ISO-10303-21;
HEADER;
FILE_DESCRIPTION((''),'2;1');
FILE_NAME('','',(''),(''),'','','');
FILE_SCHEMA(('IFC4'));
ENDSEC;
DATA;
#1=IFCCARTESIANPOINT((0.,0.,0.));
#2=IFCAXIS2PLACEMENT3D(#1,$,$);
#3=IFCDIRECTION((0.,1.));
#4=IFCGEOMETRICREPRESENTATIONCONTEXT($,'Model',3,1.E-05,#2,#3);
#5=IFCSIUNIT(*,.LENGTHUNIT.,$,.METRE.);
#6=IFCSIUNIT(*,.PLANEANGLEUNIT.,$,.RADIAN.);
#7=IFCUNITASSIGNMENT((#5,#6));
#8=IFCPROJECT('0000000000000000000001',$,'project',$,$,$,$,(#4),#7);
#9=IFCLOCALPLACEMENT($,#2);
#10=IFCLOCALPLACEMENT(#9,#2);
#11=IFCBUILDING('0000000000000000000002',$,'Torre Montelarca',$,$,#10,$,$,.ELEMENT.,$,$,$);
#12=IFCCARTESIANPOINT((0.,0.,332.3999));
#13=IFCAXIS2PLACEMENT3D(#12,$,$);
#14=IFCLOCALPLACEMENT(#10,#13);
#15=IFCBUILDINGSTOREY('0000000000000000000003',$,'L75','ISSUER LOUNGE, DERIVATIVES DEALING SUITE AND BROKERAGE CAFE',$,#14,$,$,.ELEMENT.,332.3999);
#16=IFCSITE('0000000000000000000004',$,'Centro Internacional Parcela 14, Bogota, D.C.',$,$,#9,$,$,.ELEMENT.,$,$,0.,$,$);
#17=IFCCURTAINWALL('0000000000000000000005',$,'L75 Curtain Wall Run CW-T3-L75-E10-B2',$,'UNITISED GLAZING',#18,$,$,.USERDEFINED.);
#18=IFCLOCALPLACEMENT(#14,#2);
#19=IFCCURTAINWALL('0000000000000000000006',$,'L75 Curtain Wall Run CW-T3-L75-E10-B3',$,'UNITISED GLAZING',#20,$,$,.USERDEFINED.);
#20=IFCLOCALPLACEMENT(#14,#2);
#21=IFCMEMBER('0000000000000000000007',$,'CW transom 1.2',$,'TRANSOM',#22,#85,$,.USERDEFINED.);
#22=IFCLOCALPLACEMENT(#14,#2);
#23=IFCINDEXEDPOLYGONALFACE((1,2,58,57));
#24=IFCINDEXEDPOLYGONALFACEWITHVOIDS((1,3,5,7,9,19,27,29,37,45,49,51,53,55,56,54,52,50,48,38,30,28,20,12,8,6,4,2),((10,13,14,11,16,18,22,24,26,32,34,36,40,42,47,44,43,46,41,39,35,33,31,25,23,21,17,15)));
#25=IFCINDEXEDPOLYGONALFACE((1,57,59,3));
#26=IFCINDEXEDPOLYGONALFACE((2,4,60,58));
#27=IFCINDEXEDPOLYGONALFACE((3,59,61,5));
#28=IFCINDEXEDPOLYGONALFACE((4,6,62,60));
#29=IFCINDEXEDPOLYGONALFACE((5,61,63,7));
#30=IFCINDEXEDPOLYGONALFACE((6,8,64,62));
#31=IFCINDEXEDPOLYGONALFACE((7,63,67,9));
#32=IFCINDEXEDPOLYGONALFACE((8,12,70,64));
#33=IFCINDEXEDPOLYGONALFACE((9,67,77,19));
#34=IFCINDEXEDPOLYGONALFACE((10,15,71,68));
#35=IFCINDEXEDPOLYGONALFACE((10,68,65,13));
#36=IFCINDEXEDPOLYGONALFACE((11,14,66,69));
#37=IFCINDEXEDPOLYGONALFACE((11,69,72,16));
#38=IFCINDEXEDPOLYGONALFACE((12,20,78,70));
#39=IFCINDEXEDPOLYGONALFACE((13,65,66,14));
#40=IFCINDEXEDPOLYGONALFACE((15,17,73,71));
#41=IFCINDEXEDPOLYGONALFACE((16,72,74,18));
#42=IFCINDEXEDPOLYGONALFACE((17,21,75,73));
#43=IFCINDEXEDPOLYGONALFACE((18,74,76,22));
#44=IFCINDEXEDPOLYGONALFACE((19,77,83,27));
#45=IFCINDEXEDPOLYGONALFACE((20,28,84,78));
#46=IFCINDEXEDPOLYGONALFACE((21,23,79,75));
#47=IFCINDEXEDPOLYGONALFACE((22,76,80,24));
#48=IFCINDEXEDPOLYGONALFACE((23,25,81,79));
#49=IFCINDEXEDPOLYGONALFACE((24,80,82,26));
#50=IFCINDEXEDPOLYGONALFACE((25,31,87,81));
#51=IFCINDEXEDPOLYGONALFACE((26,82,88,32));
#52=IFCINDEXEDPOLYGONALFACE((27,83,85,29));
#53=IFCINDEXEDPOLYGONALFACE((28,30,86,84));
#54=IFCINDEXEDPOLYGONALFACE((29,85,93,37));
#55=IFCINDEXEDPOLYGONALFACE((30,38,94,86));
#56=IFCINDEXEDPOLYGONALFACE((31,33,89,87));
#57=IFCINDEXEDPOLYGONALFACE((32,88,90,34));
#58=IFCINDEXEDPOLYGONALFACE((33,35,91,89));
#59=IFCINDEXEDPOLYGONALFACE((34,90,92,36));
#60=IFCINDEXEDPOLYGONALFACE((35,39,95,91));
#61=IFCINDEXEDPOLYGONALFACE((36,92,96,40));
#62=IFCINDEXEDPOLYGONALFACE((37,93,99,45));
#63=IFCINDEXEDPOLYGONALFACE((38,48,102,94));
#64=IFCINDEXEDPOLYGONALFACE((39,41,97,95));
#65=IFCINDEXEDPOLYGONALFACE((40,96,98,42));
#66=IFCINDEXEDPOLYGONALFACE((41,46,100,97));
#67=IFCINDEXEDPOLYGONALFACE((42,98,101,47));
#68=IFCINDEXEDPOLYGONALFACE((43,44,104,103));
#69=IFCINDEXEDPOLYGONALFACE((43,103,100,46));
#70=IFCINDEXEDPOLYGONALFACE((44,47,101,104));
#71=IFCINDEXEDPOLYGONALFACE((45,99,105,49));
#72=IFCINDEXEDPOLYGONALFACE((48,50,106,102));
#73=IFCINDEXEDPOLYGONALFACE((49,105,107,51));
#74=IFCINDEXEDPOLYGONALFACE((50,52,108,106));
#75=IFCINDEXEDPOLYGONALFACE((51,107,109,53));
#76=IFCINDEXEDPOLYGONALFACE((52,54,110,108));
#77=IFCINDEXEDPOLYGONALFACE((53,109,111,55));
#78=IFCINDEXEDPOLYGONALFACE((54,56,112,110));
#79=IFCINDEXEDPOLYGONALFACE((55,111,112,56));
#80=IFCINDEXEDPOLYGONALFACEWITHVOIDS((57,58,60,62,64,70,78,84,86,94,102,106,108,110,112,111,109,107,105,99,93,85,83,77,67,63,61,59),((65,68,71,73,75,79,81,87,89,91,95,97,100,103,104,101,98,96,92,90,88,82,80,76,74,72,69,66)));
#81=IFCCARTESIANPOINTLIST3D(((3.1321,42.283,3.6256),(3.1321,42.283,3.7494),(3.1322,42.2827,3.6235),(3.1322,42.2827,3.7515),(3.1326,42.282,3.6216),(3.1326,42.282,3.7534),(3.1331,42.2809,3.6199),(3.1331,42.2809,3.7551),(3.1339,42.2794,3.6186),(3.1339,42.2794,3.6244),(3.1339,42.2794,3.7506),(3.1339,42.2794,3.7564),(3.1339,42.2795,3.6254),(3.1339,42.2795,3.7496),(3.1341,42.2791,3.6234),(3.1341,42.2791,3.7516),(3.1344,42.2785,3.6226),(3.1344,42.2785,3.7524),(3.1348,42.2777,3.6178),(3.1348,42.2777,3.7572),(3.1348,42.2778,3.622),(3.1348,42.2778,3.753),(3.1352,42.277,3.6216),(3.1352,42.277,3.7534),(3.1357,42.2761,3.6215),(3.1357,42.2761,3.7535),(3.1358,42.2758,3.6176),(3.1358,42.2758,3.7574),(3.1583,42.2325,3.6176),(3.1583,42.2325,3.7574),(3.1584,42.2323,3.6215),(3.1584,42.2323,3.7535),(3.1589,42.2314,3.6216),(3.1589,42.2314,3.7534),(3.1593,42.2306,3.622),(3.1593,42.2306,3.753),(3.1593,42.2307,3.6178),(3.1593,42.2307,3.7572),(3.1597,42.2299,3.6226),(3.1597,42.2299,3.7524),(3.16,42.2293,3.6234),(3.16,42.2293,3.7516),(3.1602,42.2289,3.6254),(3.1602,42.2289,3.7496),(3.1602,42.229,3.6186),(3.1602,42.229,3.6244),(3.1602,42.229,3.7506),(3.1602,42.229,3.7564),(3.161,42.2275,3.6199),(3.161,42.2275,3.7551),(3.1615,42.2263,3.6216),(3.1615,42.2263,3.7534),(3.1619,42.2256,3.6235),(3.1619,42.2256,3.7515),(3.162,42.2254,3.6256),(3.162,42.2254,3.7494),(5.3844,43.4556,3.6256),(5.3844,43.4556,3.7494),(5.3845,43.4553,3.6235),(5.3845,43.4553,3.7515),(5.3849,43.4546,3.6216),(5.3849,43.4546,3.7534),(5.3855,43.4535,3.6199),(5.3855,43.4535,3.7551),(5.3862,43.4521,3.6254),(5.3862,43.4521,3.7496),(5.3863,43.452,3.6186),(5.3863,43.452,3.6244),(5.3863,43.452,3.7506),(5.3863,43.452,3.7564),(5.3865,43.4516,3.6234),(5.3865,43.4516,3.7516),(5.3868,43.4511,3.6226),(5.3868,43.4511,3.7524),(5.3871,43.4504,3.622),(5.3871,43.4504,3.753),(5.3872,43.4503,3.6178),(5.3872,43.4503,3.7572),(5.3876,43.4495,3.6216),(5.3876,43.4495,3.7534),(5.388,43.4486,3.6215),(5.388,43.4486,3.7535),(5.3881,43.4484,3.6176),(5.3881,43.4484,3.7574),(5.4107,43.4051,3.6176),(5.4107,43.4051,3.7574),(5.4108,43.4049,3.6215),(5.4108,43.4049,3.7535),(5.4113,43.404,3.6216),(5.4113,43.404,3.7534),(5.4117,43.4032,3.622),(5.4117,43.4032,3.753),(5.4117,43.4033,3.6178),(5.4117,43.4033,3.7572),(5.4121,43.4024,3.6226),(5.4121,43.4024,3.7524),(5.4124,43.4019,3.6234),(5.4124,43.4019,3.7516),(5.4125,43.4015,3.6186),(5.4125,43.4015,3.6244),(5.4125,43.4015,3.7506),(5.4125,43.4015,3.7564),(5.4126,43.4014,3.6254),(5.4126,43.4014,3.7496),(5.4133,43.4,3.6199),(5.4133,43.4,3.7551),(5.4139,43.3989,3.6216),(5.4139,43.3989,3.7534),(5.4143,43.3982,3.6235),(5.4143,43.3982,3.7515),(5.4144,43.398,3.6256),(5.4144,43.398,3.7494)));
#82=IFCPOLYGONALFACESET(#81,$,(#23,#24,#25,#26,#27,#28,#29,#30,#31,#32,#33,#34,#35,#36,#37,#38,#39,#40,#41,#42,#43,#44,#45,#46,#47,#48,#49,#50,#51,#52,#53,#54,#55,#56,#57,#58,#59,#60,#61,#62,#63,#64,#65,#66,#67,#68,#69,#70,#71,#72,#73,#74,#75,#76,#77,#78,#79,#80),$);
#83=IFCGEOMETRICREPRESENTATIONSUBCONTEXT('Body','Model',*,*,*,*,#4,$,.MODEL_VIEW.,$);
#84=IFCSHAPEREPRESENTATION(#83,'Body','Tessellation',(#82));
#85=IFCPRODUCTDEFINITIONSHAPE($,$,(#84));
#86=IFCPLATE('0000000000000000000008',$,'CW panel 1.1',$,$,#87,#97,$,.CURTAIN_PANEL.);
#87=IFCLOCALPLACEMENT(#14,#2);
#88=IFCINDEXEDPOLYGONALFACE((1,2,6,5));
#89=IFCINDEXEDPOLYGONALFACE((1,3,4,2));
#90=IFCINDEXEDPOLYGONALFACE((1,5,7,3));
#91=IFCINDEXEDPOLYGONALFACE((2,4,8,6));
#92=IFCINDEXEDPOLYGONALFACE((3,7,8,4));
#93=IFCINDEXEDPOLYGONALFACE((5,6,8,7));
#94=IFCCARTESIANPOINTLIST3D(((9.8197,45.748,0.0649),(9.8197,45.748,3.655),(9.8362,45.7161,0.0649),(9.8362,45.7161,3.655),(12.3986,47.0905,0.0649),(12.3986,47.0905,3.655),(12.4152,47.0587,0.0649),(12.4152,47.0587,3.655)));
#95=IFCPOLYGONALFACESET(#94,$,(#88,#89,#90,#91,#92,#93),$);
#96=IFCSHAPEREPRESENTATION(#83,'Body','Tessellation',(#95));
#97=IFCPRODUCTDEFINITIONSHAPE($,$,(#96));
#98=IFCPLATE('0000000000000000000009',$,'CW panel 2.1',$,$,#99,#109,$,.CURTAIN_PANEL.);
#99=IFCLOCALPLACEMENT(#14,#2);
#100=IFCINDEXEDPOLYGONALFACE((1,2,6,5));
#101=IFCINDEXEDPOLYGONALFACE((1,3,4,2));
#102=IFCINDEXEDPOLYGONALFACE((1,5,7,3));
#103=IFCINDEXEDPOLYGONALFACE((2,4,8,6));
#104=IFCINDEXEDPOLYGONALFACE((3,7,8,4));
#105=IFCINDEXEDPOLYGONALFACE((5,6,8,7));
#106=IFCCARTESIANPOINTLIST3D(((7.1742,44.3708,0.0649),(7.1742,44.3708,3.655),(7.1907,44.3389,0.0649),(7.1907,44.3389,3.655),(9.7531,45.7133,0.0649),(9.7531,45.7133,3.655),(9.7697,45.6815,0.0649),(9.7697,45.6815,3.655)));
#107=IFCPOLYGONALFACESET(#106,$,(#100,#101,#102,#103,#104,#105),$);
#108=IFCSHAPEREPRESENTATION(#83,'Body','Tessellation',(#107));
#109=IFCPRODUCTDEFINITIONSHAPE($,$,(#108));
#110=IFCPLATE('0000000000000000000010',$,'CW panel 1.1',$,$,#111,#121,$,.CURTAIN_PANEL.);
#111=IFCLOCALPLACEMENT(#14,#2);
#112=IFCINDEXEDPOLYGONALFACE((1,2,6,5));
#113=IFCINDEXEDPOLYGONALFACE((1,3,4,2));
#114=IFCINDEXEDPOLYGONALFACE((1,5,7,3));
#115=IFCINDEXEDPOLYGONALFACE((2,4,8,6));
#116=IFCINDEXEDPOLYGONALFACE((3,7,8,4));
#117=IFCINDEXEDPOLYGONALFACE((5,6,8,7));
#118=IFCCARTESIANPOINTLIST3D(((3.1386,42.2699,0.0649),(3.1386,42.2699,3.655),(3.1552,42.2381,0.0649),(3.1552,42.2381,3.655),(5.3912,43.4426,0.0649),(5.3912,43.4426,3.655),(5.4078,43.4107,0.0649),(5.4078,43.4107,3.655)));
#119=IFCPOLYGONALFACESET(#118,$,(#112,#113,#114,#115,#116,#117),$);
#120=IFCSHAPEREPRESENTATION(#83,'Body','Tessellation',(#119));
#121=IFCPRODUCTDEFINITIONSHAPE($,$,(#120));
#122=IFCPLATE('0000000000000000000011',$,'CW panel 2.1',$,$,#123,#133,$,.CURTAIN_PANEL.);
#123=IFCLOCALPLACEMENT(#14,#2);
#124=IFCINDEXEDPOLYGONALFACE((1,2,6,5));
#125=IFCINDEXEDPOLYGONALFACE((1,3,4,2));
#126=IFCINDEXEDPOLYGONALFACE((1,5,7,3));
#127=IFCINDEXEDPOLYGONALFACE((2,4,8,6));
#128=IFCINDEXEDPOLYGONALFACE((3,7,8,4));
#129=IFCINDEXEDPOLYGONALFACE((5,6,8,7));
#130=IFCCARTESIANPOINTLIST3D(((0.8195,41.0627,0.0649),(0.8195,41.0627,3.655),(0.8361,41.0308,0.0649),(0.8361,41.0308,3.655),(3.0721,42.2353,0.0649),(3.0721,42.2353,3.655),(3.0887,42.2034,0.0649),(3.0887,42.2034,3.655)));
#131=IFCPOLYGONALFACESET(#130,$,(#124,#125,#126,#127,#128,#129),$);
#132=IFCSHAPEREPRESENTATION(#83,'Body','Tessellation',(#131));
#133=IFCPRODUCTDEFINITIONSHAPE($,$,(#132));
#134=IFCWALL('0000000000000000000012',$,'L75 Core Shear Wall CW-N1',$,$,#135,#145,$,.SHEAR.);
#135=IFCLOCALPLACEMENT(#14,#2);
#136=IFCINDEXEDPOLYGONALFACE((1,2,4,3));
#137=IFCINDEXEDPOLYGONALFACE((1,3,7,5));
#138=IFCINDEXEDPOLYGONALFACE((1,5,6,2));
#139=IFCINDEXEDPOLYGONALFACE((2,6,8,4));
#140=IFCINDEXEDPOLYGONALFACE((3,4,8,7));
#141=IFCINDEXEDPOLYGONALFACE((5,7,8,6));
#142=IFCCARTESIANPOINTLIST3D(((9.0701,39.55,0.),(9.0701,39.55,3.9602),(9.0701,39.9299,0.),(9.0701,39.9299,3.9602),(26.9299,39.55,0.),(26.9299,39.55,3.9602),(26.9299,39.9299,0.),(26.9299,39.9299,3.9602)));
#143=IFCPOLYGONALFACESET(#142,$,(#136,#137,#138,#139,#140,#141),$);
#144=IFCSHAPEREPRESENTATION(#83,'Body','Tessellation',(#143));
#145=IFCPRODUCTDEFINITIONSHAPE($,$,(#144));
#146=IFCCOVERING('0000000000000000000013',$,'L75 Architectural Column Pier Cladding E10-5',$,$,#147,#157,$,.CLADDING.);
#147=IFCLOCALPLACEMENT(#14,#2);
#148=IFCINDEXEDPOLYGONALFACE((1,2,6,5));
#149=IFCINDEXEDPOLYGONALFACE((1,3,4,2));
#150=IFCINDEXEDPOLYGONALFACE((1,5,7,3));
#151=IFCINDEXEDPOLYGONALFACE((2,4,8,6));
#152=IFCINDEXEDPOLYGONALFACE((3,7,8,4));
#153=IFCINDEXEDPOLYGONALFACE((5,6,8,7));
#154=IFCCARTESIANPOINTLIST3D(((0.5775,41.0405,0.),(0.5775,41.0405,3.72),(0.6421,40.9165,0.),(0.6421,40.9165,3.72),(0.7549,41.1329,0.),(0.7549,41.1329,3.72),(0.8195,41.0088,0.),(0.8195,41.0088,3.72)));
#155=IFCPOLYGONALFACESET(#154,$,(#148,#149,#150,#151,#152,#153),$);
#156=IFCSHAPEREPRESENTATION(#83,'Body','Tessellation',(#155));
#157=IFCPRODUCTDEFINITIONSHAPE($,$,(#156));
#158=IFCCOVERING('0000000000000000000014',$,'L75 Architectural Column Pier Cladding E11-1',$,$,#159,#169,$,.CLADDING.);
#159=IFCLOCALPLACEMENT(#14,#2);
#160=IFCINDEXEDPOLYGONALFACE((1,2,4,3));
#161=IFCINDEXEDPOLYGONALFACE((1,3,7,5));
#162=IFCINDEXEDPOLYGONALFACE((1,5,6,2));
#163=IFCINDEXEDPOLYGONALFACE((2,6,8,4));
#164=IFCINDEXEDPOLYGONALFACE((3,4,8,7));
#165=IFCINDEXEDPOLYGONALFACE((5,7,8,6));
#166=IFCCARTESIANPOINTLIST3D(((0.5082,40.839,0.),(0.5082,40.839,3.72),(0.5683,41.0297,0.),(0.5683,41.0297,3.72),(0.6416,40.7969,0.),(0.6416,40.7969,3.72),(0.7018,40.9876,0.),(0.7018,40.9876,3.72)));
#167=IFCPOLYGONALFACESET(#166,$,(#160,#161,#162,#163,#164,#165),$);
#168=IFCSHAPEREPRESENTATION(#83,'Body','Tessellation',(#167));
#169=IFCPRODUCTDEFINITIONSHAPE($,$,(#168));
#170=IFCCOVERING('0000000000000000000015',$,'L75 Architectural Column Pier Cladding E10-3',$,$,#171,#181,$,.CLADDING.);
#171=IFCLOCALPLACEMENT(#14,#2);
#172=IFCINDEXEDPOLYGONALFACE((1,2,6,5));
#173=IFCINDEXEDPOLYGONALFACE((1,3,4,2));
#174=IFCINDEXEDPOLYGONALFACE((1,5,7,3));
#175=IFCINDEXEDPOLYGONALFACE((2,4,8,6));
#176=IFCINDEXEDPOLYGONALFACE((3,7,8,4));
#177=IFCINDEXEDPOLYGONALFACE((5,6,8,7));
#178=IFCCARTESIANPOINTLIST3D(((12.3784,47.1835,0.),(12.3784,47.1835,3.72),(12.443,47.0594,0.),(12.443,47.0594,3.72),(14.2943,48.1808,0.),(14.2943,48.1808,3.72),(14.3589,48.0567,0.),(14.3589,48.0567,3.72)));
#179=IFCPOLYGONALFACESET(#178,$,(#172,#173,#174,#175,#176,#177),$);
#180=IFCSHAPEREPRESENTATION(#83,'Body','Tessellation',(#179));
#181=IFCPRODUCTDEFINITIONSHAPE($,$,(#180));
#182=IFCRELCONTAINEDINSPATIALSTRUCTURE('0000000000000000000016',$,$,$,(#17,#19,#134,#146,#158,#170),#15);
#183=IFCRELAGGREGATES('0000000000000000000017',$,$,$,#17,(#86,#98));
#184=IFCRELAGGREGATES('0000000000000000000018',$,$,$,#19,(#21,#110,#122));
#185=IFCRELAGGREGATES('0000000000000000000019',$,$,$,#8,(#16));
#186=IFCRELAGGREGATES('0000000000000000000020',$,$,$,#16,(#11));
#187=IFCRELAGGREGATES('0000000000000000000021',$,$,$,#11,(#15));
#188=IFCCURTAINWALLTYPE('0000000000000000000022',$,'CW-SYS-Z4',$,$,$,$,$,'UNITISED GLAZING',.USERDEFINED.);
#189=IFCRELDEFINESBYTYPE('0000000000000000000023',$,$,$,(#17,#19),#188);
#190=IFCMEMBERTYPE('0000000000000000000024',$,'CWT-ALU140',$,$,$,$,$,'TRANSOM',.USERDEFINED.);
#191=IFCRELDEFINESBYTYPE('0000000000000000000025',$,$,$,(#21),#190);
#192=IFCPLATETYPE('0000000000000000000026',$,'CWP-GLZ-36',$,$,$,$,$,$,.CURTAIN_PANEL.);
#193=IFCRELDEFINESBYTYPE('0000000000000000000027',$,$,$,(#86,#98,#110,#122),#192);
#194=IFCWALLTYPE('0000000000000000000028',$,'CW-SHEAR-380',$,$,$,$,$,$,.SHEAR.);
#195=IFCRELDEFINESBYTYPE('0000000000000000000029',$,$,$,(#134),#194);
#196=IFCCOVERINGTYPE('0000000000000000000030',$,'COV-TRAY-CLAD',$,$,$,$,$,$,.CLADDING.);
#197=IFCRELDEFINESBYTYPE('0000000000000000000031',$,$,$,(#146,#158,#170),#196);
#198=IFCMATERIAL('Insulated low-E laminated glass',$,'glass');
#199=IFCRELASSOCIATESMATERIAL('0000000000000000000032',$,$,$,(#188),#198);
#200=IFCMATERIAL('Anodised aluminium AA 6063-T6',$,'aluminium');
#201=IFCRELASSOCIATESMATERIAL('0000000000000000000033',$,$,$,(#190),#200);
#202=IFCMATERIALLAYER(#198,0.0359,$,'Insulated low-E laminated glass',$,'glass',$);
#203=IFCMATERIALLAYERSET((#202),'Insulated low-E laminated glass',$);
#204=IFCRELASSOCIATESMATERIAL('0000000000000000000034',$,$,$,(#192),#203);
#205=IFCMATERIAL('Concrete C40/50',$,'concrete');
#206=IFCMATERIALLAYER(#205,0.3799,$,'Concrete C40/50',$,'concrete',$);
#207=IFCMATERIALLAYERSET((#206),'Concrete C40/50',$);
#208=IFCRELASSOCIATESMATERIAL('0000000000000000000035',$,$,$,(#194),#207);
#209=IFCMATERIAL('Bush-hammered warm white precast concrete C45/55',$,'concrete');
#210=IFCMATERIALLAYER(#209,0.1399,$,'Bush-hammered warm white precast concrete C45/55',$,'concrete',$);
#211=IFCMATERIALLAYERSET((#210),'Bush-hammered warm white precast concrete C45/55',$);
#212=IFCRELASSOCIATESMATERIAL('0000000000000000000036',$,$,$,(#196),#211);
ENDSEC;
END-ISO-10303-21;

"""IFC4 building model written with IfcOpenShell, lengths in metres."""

from ifc_helpers import new_model, si_unit, direction, frame, frame_2d, origin, origin_2d, place, context, subcontext, project, spatial, rectangle, hollow_rectangle, extrude, source, transform, mapped, material, layer, layer_set, material_profile, profile_set, type_object, element, aggregate, save


model = new_model("IFC4")

# Units and contexts
model_context = context("Model", 3, precision=1e-05, world=origin(), true_north=direction((0.0, 1.0)))
body_context = subcontext(model_context, "Body", "Model", "MODEL_VIEW")
ifc_project = project(units=[si_unit("LENGTHUNIT", "METRE"), si_unit("PLANEANGLEUNIT", "RADIAN")], contexts=[model_context])

# Site, building, storey
site_placement = place(None, origin())
site = spatial("IfcSite", under=ifc_project, at=site_placement, Name="Centro Internacional Parcela 14, Bogota, D.C.", CompositionType="ELEMENT", RefElevation=0.0)
building_placement = place(site_placement, origin())
building = spatial("IfcBuilding", under=site, at=building_placement, Name="Torre Montelarca", CompositionType="ELEMENT")
storey_placement = place(building_placement, frame((0.0, 0.0, 332.3999)))
storey = spatial("IfcBuildingStorey", under=building, at=storey_placement, Name="L75", Description="ISSUER LOUNGE, DERIVATIVES DEALING SUITE AND BROKERAGE CAFE", CompositionType="ELEMENT", Elevation=332.3999)

# Shared definitions
ifc_material_1 = material(Name="Concrete C40/50", Category="concrete")

# Curtain walls
ifc_material_2 = material(Name="Insulated low-E laminated glass", Category="glass")
curtain_wall_type = type_object("IfcCurtainWallType", Name="CW-SYS-Z4", ElementType="UNITISED GLAZING", PredefinedType="USERDEFINED", material=ifc_material_2)
curtain_wall_1_placement = place(storey_placement, origin())
curtain_wall_1 = element("IfcCurtainWall", 1, at=curtain_wall_1_placement, inside=storey, type_object=curtain_wall_type, Name="L75 Curtain Wall Run CW-T3-L75-E10-B2", ObjectType="UNITISED GLAZING", PredefinedType="USERDEFINED")
ifc_material_3 = material(Name="Anodised aluminium AA 6063-T6", Category="aluminium")
curtain_wall_2_placement = place(storey_placement, origin())
curtain_wall_2 = element("IfcCurtainWall", 2, at=curtain_wall_2_placement, inside=storey, type_object=curtain_wall_type, Name="L75 Curtain Wall Run CW-T3-L75-E10-B3", ObjectType="UNITISED GLAZING", PredefinedType="USERDEFINED")
ifc_material_profile_1 = material_profile(ifc_material_3, hollow_rectangle(XDim=0.0649, YDim=0.1399, WallThickness=0.0039, InnerFilletRadius=0.0039, OuterFilletRadius=0.0081, at=origin_2d()), Name="ALU65X140X4", Category="aluminium")
ifc_profile_set_1 = profile_set([ifc_material_profile_1], Name="Anodised aluminium AA 6063-T6")
member_type_1 = type_object("IfcMemberType", Name="CWT-ALU140", ElementType="TRANSOM", PredefinedType="USERDEFINED", material=ifc_profile_set_1)

# Member
shared_shape_1 = source(origin(), body_context, "Body", "SweptSolid", [
    extrude(hollow_rectangle(XDim=0.0649, YDim=0.1399, WallThickness=0.0039, InnerFilletRadius=0.0039, OuterFilletRadius=0.0081, at=origin_2d()), origin(), (0.0, 0.0, 1.0), 2.5393),
])
member_1_placement = place(storey_placement, frame((5.3994, 43.4268, 3.6875), z_axis=(-0.887001, -0.461767, 0.0), x_axis=(0.461767, -0.887001, 0.0)))
member_1 = element("IfcMember", 3, at=member_1_placement, type_object=member_type_1, Name="CW transom 1.2", ObjectType="TRANSOM", PredefinedType="USERDEFINED", context=body_context, shape_type="MappedRepresentation", body=[
    mapped(shared_shape_1, transform((0.0, 0.0, 0.0), scale=1.0)),
])

# Plates
ifc_layer_1 = layer(ifc_material_2, 0.0359, Name="Insulated low-E laminated glass", Category="glass")
ifc_layer_set_1 = layer_set([ifc_layer_1], Name="Insulated low-E laminated glass")
plate_type = type_object("IfcPlateType", Name="CWP-GLZ-36", PredefinedType="CURTAIN_PANEL", material=ifc_layer_set_1)
shared_shape_2 = source(origin(), body_context, "Body", "SweptSolid", [
    extrude(rectangle(XDim=2.9075, YDim=0.0359, at=origin_2d()), origin(), (0.0, 0.0, 1.0), 3.5901),
])
plate_1_placement = place(storey_placement, frame((11.1174, 46.4033, 0.0649), z_axis=(0.0, 0.0, 1.0), x_axis=(-0.887007, -0.461757, 0.0)))
plate_1 = element("IfcPlate", 4, at=plate_1_placement, type_object=plate_type, Name="CW panel 1.1", PredefinedType="CURTAIN_PANEL", context=body_context, shape_type="MappedRepresentation", body=[
    mapped(shared_shape_2, transform((0.0, 0.0, 0.0), scale=1.0)),
])
plate_2_placement = place(storey_placement, frame((8.4719, 45.0261, 0.0649), z_axis=(0.0, 0.0, 1.0), x_axis=(-0.887007, -0.461757, 0.0)))
plate_2 = element("IfcPlate", 5, at=plate_2_placement, type_object=plate_type, Name="CW panel 2.1", PredefinedType="CURTAIN_PANEL", context=body_context, shape_type="MappedRepresentation", body=[
    mapped(shared_shape_2, transform((0.0, 0.0, 0.0), scale=1.0)),
])
aggregate(curtain_wall_1, [plate_1, plate_2])
shared_shape_3 = source(origin(), body_context, "Body", "SweptSolid", [
    extrude(rectangle(XDim=2.5396, YDim=0.0359, at=origin_2d()), origin(), (0.0, 0.0, 1.0), 3.5901),
])
plate_3_placement = place(storey_placement, frame((4.2732, 42.8403, 0.0649), z_axis=(0.0, 0.0, 1.0), x_axis=(-0.887016, -0.461739, 0.0)))
plate_3 = element("IfcPlate", 6, at=plate_3_placement, type_object=plate_type, Name="CW panel 1.1", PredefinedType="CURTAIN_PANEL", context=body_context, shape_type="MappedRepresentation", body=[
    mapped(shared_shape_3, transform((0.0, 0.0, 0.0), scale=1.0)),
])
plate_4_placement = place(storey_placement, frame((1.9541, 41.6331, 0.0649), z_axis=(0.0, 0.0, 1.0), x_axis=(-0.887016, -0.461739, 0.0)))
plate_4 = element("IfcPlate", 7, at=plate_4_placement, type_object=plate_type, Name="CW panel 2.1", PredefinedType="CURTAIN_PANEL", context=body_context, shape_type="MappedRepresentation", body=[
    mapped(shared_shape_3, transform((0.0, 0.0, 0.0), scale=1.0)),
])
aggregate(curtain_wall_2, [member_1, plate_3, plate_4])

# Wall
ifc_layer_2 = layer(ifc_material_1, 0.3799, Name="Concrete C40/50", Category="concrete")
ifc_layer_set_2 = layer_set([ifc_layer_2], Name="Concrete C40/50")
wall_type_1 = type_object("IfcWallType", Name="CW-SHEAR-380", PredefinedType="SHEAR", material=ifc_layer_set_2)
wall_1_placement = place(storey_placement, frame((9.0701, 39.74, 0.0), z_axis=(0.0, 0.0, 1.0), x_axis=(1.0, 0.0, 0.0)))
element("IfcWall", 8, at=wall_1_placement, inside=storey, type_object=wall_type_1, Name="L75 Core Shear Wall CW-N1", PredefinedType="SHEAR", context=body_context, shape_type="SweptSolid", body=[
    extrude(rectangle(XDim=17.8599, YDim=0.3799, at=frame_2d((8.9299, 0.0))), origin(), (0.0, 0.0, 1.0), 3.9602),
])

# Coverings
ifc_material_4 = material(Name="Bush-hammered warm white precast concrete C45/55", Category="concrete")
ifc_layer_3 = layer(ifc_material_4, 0.1399, Name="Bush-hammered warm white precast concrete C45/55", Category="concrete")
ifc_layer_set_3 = layer_set([ifc_layer_3], Name="Bush-hammered warm white precast concrete C45/55")
covering_type = type_object("IfcCoveringType", Name="COV-TRAY-CLAD", PredefinedType="CLADDING", material=ifc_layer_set_3)
shared_shape_4 = source(origin(), body_context, "Body", "SweptSolid", [
    extrude(rectangle(XDim=0.2, YDim=0.1399, at=origin_2d()), origin(), (0.0, 0.0, 1.0), 3.72),
])
for number, where, z_axis, x_axis, name in (
    (9, (0.6985, 41.0247, 0.0), (0.0, 0.0, 1.0), (-0.887011, -0.461749, 0.0), "L75 Architectural Column Pier Cladding E10-5"),
    (10, (0.605, 40.9133, 0.0), (0.0, 0.0, 1.0), (-0.300701, -0.953719, 0.0), "L75 Architectural Column Pier Cladding E11-1"),
):
    element("IfcCovering", number, at=place(storey_placement, frame(where, z_axis=z_axis, x_axis=x_axis)), inside=storey, type_object=covering_type, Name=name, PredefinedType="CLADDING", context=body_context, shape_type="MappedRepresentation", body=[
        mapped(shared_shape_4, transform((0.0, 0.0, 0.0), scale=1.0)),
    ])
shared_shape_5 = source(origin(), body_context, "Body", "SweptSolid", [
    extrude(rectangle(XDim=2.1599, YDim=0.1399, at=origin_2d()), origin(), (0.0, 0.0, 1.0), 3.72),
])
covering_1_placement = place(storey_placement, frame((13.3687, 47.6201, 0.0), z_axis=(0.0, 0.0, 1.0), x_axis=(-0.887011, -0.461749, 0.0)))
element("IfcCovering", 11, at=covering_1_placement, inside=storey, type_object=covering_type, Name="L75 Architectural Column Pier Cladding E10-3", PredefinedType="CLADDING", context=body_context, shape_type="MappedRepresentation", body=[
    mapped(shared_shape_5, transform((0.0, 0.0, 0.0), scale=1.0)),
])

save(model, "model.ifc")
